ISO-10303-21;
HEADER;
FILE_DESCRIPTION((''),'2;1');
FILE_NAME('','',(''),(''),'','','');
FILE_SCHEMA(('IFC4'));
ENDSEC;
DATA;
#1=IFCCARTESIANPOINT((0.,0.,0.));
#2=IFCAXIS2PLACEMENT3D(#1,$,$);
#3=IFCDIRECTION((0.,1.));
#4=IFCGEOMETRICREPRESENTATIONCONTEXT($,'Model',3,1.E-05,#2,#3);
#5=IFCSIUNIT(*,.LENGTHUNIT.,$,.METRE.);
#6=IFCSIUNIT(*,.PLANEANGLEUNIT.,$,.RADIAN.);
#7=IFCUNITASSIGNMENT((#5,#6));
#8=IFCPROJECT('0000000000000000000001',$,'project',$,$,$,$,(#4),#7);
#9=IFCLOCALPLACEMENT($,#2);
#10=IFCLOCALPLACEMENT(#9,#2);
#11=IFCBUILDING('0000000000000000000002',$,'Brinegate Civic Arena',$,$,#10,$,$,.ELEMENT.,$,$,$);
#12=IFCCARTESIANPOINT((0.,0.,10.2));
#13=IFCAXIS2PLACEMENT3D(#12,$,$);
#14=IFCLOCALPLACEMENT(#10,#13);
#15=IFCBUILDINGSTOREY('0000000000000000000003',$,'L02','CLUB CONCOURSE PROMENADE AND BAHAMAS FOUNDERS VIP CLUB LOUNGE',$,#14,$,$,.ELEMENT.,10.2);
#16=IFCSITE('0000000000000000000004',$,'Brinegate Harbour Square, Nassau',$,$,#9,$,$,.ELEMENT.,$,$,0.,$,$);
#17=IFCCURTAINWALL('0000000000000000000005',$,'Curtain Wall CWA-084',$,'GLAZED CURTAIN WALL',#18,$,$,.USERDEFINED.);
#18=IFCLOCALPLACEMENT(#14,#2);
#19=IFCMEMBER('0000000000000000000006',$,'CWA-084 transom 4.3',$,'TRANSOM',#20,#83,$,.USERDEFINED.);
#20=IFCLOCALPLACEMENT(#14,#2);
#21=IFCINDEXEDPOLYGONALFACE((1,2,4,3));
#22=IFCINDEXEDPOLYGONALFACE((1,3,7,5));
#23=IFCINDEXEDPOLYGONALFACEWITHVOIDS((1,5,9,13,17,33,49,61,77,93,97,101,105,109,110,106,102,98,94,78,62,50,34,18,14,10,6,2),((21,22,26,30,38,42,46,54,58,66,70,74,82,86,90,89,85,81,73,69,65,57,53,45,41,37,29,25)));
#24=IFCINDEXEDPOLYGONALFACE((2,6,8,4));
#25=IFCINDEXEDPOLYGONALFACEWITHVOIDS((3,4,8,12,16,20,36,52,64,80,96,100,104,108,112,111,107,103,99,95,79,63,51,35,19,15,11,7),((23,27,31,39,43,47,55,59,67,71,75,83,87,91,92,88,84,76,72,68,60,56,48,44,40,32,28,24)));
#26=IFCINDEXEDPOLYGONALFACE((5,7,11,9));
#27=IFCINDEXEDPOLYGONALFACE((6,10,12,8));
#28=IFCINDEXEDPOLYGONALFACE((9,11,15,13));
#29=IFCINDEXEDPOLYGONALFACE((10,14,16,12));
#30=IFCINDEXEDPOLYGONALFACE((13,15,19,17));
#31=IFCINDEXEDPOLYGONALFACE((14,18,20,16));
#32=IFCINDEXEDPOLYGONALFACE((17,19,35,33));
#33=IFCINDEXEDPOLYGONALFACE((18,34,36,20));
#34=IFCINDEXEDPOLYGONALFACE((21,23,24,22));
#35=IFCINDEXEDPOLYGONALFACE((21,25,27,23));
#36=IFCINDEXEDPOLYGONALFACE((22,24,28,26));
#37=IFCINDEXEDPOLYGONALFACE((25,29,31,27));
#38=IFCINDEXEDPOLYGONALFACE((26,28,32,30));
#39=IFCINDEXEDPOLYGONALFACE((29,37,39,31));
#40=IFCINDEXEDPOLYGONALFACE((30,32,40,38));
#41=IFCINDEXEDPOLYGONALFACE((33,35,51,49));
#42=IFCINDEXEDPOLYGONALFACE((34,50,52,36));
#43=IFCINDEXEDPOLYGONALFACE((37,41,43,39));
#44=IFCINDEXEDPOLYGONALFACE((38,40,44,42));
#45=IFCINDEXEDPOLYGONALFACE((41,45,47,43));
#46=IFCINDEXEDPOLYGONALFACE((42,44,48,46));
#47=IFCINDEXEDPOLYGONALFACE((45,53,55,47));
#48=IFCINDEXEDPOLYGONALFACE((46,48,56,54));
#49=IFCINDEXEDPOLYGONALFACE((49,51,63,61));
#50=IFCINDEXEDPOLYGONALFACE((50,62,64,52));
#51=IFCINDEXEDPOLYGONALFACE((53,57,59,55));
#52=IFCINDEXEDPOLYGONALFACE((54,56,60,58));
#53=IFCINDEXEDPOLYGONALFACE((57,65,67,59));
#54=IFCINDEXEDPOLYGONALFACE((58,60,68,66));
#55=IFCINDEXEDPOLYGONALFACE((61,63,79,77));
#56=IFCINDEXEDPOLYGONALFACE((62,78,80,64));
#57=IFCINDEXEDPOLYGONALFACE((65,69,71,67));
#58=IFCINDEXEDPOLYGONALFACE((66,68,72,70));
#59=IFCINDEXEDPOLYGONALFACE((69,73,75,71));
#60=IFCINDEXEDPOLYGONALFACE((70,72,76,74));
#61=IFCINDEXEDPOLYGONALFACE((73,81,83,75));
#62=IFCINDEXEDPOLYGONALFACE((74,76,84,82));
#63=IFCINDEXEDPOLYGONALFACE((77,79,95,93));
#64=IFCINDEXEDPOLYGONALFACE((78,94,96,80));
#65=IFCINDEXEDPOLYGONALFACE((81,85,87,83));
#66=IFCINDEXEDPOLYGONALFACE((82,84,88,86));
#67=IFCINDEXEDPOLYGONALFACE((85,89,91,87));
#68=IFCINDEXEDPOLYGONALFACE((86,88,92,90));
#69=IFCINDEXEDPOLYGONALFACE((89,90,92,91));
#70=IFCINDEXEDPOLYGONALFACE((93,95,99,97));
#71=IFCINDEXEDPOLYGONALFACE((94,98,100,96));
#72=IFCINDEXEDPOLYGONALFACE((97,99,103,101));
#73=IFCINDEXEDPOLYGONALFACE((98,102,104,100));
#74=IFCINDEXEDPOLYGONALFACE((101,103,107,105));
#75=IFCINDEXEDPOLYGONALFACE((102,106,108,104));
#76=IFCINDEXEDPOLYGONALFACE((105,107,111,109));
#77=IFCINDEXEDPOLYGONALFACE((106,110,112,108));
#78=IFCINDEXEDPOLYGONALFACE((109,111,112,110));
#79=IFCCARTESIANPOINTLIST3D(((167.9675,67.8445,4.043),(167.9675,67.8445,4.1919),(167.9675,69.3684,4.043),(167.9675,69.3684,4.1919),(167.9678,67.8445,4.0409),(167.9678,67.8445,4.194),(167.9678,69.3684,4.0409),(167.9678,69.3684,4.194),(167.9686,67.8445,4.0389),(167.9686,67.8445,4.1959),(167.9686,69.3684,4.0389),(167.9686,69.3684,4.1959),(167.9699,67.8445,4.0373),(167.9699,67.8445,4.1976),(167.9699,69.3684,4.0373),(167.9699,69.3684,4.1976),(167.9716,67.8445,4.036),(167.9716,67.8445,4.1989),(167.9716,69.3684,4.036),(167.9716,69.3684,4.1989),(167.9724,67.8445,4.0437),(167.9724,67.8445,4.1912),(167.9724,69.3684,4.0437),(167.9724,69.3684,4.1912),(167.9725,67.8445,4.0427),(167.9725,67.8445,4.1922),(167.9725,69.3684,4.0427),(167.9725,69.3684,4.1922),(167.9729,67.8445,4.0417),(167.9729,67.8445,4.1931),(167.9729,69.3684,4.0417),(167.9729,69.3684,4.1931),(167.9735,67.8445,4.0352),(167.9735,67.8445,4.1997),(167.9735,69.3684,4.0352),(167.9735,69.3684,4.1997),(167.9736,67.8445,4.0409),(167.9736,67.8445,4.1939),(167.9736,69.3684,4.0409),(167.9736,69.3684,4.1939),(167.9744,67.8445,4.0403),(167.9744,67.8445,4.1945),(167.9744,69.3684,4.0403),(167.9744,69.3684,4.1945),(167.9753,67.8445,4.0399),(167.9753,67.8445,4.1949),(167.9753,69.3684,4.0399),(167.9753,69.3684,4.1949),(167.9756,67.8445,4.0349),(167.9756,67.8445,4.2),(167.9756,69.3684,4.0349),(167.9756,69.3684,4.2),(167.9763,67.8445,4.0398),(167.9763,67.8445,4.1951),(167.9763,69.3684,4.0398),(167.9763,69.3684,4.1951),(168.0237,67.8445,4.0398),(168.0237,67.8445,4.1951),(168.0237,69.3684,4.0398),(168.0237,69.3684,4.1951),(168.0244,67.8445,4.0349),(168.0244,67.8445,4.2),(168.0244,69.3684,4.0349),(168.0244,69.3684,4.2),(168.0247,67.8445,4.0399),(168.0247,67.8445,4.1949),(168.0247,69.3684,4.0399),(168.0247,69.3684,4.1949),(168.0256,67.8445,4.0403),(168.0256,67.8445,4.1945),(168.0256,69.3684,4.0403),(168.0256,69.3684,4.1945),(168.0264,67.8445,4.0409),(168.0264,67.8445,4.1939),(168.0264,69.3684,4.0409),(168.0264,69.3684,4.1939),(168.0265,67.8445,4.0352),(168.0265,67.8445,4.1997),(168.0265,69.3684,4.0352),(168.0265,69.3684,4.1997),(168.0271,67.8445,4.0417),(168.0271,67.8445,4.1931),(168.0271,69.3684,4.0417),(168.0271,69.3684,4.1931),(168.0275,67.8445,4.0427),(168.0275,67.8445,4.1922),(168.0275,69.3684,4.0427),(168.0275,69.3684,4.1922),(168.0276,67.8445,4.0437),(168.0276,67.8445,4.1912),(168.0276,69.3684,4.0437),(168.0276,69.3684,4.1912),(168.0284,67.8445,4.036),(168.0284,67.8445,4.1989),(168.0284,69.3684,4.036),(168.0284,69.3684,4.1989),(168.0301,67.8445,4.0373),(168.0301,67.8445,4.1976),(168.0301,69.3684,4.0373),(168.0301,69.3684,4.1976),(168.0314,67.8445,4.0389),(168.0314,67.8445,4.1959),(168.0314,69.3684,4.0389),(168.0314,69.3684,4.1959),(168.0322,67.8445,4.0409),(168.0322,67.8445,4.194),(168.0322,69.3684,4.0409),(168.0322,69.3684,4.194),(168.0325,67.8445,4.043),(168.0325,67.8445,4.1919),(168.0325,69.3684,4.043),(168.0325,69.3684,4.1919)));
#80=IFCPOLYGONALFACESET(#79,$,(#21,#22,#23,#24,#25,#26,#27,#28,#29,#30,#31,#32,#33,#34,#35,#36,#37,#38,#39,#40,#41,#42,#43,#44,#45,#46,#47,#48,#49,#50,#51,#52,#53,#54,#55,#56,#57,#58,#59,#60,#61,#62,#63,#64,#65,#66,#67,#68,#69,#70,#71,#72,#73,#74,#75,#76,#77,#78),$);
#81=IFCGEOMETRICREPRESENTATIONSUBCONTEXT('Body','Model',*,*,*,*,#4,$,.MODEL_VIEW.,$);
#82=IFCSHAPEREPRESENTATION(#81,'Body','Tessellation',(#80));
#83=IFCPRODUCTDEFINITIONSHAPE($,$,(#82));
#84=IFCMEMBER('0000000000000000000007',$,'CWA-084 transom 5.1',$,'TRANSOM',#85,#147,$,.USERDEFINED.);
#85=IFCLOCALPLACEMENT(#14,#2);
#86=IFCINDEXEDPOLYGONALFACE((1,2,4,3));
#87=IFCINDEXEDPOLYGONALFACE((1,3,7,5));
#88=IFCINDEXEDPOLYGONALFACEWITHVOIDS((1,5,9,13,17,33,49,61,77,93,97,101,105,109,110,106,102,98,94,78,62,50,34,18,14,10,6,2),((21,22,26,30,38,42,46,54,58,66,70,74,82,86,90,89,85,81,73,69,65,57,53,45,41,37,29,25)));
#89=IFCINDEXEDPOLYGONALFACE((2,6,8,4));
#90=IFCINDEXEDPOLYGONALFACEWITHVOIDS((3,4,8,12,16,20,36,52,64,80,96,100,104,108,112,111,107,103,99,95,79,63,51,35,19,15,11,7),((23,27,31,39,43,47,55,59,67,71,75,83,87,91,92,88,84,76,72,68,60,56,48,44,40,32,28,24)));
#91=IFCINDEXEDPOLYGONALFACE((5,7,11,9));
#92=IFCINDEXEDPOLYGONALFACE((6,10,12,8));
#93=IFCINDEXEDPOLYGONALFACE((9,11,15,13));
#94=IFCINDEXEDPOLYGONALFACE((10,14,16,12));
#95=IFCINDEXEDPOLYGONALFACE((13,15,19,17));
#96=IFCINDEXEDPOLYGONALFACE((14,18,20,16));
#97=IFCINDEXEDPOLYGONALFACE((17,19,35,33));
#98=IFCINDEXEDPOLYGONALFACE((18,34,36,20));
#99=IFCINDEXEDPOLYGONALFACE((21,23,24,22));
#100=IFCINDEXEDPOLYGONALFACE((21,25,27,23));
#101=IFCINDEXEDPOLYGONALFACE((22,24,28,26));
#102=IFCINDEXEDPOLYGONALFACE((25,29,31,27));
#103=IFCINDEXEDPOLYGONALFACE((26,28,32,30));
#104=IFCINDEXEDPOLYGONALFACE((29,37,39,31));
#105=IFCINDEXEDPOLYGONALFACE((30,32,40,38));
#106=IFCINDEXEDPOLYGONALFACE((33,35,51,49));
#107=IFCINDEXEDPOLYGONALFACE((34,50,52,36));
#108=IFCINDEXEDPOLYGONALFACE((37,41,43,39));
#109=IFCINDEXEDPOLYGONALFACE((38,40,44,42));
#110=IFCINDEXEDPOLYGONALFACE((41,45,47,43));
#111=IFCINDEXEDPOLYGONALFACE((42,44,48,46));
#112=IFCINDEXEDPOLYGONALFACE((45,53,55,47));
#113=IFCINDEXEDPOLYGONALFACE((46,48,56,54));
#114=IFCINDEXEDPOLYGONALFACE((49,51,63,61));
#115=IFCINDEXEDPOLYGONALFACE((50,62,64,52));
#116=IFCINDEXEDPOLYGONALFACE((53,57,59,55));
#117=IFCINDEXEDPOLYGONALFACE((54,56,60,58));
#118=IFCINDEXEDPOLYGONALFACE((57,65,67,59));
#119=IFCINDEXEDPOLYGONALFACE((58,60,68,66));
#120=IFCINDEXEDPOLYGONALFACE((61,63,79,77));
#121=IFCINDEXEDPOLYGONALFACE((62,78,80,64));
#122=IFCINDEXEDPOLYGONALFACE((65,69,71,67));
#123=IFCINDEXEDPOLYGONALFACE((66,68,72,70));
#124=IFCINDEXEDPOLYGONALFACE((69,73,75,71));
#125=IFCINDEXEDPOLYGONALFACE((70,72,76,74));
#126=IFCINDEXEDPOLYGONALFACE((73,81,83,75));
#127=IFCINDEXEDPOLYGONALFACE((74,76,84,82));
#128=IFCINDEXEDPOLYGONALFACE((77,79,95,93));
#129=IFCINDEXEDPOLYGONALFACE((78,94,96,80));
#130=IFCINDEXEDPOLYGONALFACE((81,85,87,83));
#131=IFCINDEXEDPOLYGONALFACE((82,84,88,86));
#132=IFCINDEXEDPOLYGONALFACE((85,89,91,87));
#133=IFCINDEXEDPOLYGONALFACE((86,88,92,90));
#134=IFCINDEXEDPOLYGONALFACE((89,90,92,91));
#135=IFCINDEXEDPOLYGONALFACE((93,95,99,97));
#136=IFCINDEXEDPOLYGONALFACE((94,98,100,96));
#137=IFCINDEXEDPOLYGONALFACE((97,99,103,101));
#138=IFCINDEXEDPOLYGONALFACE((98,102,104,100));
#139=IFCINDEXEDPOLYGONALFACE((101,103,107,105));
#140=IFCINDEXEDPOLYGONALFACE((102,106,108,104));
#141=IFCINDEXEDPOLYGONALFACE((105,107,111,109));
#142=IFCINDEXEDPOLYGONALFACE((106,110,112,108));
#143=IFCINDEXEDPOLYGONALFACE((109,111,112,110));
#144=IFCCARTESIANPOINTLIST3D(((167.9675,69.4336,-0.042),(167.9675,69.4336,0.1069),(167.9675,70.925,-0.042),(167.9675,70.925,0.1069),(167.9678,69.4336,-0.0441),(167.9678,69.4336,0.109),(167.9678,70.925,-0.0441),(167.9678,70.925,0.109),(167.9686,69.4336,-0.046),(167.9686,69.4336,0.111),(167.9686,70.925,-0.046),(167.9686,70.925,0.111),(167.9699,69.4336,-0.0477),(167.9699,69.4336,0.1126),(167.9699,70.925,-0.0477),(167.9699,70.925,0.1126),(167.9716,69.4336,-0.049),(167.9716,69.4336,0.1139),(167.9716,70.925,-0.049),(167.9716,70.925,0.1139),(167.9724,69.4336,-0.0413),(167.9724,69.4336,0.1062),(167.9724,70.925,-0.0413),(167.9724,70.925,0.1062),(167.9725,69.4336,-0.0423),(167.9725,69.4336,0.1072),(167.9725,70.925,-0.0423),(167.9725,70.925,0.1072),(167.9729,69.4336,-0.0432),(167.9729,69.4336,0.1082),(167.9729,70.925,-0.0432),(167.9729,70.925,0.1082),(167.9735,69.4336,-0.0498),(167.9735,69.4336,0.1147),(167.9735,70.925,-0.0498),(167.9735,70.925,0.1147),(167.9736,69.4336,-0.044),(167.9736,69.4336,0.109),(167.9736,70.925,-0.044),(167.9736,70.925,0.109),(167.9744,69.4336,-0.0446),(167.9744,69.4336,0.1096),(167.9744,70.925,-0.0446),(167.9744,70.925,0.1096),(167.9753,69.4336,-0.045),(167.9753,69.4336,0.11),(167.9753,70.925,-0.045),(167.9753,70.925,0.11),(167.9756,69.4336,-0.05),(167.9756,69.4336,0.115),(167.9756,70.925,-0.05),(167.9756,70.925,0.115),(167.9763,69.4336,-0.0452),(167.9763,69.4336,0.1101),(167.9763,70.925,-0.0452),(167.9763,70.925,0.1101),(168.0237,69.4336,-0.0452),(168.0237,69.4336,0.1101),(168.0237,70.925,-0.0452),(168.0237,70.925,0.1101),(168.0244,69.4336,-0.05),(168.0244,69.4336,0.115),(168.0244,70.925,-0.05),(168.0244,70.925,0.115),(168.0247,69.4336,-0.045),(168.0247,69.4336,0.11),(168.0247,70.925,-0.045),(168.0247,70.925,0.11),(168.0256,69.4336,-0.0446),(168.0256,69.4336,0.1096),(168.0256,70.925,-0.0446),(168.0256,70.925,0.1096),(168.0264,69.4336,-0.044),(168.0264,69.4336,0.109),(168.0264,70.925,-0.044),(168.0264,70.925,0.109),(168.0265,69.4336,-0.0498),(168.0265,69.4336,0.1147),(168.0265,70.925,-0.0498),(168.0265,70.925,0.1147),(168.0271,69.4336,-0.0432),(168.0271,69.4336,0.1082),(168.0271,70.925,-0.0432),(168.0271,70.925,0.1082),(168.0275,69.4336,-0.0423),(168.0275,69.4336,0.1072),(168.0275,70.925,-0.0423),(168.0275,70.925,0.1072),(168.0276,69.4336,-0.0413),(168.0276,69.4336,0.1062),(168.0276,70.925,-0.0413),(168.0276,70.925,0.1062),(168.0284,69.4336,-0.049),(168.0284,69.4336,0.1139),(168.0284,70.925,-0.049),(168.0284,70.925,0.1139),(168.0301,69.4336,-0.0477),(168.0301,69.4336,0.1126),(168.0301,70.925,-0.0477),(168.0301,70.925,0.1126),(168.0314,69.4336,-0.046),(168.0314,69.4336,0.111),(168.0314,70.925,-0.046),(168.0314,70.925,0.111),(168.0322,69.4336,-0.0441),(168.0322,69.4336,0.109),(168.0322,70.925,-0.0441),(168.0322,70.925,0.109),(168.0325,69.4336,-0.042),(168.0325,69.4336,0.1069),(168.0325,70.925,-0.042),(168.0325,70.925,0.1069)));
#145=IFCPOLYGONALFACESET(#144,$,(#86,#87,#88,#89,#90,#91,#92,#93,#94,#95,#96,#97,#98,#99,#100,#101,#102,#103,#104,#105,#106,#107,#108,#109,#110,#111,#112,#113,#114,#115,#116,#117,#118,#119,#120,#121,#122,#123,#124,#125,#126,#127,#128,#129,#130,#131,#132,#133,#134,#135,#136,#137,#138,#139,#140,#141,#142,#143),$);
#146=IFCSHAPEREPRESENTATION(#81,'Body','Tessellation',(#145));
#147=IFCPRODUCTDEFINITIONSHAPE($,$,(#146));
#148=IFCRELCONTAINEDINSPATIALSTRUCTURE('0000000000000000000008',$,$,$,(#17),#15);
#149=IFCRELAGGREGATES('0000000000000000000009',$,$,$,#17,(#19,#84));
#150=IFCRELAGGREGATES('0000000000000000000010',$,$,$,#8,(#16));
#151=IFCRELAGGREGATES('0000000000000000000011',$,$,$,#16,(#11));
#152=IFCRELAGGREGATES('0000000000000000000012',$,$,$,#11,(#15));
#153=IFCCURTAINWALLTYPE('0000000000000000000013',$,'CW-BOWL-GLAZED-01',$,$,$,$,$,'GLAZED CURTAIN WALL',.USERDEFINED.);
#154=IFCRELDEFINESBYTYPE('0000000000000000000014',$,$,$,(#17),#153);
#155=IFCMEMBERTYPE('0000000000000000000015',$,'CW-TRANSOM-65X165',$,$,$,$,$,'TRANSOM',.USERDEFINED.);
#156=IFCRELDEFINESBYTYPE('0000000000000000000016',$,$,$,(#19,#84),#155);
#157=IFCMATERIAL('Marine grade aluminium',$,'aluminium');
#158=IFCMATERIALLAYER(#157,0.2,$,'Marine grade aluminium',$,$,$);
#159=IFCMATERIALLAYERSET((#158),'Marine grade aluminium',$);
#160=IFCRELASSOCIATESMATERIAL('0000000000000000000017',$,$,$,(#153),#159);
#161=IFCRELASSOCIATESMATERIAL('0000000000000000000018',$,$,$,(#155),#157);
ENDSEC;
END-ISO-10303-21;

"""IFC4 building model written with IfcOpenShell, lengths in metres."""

from ifc_helpers import new_model, si_unit, direction, frame, origin, origin_2d, place, context, subcontext, project, spatial, hollow_rectangle, extrude, material, layer, layer_set, material_profile, profile_set, type_object, element, aggregate, save


model = new_model("IFC4")

# Units and contexts
model_context = context("Model", 3, precision=1e-05, world=origin(), true_north=direction((0.0, 1.0)))
body_context = subcontext(model_context, "Body", "Model", "MODEL_VIEW")
ifc_project = project(units=[si_unit("LENGTHUNIT", "METRE"), si_unit("PLANEANGLEUNIT", "RADIAN")], contexts=[model_context])

# Site, building, storey
site_placement = place(None, origin())
site = spatial("IfcSite", under=ifc_project, at=site_placement, Name="Brinegate Harbour Square, Nassau", CompositionType="ELEMENT", RefElevation=0.0)
building_placement = place(site_placement, origin())
building = spatial("IfcBuilding", under=site, at=building_placement, Name="Brinegate Civic Arena", CompositionType="ELEMENT")
storey_placement = place(building_placement, frame((0.0, 0.0, 10.2)))
storey = spatial("IfcBuildingStorey", under=building, at=storey_placement, Name="L02", Description="CLUB CONCOURSE PROMENADE AND BAHAMAS FOUNDERS VIP CLUB LOUNGE", CompositionType="ELEMENT", Elevation=10.2)

# Curtain wall, members
ifc_material_1 = material(Name="Marine grade aluminium", Category="aluminium")
ifc_layer_1 = layer(ifc_material_1, 0.2, Name="Marine grade aluminium")
ifc_layer_set_1 = layer_set([ifc_layer_1], Name="Marine grade aluminium")
curtain_wall_type = type_object("IfcCurtainWallType", Name="CW-BOWL-GLAZED-01", ElementType="GLAZED CURTAIN WALL", PredefinedType="USERDEFINED", material=ifc_layer_set_1)
curtain_wall_placement = place(storey_placement, origin())
curtain_wall = element("IfcCurtainWall", 1, at=curtain_wall_placement, inside=storey, type_object=curtain_wall_type, Name="Curtain Wall CWA-084", ObjectType="GLAZED CURTAIN WALL", PredefinedType="USERDEFINED")
ifc_material_profile_1 = material_profile(ifc_material_1, hollow_rectangle(XDim=0.0649, YDim=0.165, WallThickness=0.0049, InnerFilletRadius=0.0039, OuterFilletRadius=0.0081, at=origin_2d()), Name="TRN65X165")
ifc_profile_set_1 = profile_set([ifc_material_profile_1], Name="Marine grade aluminium")
member_type_1 = type_object("IfcMemberType", Name="CW-TRANSOM-65X165", ElementType="TRANSOM", PredefinedType="USERDEFINED", material=ifc_profile_set_1)
member_1_placement = place(storey_placement, frame((168.0, 67.8445, 4.1174), z_axis=(0.0, 1.0, 0.0), x_axis=(-1.0, 0.0, 0.0)))
member_1 = element("IfcMember", 2, at=member_1_placement, type_object=member_type_1, Name="CWA-084 transom 4.3", ObjectType="TRANSOM", PredefinedType="USERDEFINED", context=body_context, shape_type="SweptSolid", body=[
    extrude(hollow_rectangle(XDim=0.0649, YDim=0.165, WallThickness=0.0049, InnerFilletRadius=0.0039, OuterFilletRadius=0.0081, at=origin_2d()), origin(), (0.0, 0.0, 1.0), 1.5239),
])
member_2_placement = place(storey_placement, frame((168.0, 69.4336, 0.0325), z_axis=(0.0, 1.0, 0.0), x_axis=(-1.0, 0.0, 0.0)))
member_2 = element("IfcMember", 3, at=member_2_placement, type_object=member_type_1, Name="CWA-084 transom 5.1", ObjectType="TRANSOM", PredefinedType="USERDEFINED", context=body_context, shape_type="SweptSolid", body=[
    extrude(hollow_rectangle(XDim=0.0649, YDim=0.165, WallThickness=0.0049, InnerFilletRadius=0.0039, OuterFilletRadius=0.0081, at=origin_2d()), origin(), (0.0, 0.0, 1.0), 1.4915),
])

aggregate(curtain_wall, [member_1, member_2])

save(model, "model.ifc")
